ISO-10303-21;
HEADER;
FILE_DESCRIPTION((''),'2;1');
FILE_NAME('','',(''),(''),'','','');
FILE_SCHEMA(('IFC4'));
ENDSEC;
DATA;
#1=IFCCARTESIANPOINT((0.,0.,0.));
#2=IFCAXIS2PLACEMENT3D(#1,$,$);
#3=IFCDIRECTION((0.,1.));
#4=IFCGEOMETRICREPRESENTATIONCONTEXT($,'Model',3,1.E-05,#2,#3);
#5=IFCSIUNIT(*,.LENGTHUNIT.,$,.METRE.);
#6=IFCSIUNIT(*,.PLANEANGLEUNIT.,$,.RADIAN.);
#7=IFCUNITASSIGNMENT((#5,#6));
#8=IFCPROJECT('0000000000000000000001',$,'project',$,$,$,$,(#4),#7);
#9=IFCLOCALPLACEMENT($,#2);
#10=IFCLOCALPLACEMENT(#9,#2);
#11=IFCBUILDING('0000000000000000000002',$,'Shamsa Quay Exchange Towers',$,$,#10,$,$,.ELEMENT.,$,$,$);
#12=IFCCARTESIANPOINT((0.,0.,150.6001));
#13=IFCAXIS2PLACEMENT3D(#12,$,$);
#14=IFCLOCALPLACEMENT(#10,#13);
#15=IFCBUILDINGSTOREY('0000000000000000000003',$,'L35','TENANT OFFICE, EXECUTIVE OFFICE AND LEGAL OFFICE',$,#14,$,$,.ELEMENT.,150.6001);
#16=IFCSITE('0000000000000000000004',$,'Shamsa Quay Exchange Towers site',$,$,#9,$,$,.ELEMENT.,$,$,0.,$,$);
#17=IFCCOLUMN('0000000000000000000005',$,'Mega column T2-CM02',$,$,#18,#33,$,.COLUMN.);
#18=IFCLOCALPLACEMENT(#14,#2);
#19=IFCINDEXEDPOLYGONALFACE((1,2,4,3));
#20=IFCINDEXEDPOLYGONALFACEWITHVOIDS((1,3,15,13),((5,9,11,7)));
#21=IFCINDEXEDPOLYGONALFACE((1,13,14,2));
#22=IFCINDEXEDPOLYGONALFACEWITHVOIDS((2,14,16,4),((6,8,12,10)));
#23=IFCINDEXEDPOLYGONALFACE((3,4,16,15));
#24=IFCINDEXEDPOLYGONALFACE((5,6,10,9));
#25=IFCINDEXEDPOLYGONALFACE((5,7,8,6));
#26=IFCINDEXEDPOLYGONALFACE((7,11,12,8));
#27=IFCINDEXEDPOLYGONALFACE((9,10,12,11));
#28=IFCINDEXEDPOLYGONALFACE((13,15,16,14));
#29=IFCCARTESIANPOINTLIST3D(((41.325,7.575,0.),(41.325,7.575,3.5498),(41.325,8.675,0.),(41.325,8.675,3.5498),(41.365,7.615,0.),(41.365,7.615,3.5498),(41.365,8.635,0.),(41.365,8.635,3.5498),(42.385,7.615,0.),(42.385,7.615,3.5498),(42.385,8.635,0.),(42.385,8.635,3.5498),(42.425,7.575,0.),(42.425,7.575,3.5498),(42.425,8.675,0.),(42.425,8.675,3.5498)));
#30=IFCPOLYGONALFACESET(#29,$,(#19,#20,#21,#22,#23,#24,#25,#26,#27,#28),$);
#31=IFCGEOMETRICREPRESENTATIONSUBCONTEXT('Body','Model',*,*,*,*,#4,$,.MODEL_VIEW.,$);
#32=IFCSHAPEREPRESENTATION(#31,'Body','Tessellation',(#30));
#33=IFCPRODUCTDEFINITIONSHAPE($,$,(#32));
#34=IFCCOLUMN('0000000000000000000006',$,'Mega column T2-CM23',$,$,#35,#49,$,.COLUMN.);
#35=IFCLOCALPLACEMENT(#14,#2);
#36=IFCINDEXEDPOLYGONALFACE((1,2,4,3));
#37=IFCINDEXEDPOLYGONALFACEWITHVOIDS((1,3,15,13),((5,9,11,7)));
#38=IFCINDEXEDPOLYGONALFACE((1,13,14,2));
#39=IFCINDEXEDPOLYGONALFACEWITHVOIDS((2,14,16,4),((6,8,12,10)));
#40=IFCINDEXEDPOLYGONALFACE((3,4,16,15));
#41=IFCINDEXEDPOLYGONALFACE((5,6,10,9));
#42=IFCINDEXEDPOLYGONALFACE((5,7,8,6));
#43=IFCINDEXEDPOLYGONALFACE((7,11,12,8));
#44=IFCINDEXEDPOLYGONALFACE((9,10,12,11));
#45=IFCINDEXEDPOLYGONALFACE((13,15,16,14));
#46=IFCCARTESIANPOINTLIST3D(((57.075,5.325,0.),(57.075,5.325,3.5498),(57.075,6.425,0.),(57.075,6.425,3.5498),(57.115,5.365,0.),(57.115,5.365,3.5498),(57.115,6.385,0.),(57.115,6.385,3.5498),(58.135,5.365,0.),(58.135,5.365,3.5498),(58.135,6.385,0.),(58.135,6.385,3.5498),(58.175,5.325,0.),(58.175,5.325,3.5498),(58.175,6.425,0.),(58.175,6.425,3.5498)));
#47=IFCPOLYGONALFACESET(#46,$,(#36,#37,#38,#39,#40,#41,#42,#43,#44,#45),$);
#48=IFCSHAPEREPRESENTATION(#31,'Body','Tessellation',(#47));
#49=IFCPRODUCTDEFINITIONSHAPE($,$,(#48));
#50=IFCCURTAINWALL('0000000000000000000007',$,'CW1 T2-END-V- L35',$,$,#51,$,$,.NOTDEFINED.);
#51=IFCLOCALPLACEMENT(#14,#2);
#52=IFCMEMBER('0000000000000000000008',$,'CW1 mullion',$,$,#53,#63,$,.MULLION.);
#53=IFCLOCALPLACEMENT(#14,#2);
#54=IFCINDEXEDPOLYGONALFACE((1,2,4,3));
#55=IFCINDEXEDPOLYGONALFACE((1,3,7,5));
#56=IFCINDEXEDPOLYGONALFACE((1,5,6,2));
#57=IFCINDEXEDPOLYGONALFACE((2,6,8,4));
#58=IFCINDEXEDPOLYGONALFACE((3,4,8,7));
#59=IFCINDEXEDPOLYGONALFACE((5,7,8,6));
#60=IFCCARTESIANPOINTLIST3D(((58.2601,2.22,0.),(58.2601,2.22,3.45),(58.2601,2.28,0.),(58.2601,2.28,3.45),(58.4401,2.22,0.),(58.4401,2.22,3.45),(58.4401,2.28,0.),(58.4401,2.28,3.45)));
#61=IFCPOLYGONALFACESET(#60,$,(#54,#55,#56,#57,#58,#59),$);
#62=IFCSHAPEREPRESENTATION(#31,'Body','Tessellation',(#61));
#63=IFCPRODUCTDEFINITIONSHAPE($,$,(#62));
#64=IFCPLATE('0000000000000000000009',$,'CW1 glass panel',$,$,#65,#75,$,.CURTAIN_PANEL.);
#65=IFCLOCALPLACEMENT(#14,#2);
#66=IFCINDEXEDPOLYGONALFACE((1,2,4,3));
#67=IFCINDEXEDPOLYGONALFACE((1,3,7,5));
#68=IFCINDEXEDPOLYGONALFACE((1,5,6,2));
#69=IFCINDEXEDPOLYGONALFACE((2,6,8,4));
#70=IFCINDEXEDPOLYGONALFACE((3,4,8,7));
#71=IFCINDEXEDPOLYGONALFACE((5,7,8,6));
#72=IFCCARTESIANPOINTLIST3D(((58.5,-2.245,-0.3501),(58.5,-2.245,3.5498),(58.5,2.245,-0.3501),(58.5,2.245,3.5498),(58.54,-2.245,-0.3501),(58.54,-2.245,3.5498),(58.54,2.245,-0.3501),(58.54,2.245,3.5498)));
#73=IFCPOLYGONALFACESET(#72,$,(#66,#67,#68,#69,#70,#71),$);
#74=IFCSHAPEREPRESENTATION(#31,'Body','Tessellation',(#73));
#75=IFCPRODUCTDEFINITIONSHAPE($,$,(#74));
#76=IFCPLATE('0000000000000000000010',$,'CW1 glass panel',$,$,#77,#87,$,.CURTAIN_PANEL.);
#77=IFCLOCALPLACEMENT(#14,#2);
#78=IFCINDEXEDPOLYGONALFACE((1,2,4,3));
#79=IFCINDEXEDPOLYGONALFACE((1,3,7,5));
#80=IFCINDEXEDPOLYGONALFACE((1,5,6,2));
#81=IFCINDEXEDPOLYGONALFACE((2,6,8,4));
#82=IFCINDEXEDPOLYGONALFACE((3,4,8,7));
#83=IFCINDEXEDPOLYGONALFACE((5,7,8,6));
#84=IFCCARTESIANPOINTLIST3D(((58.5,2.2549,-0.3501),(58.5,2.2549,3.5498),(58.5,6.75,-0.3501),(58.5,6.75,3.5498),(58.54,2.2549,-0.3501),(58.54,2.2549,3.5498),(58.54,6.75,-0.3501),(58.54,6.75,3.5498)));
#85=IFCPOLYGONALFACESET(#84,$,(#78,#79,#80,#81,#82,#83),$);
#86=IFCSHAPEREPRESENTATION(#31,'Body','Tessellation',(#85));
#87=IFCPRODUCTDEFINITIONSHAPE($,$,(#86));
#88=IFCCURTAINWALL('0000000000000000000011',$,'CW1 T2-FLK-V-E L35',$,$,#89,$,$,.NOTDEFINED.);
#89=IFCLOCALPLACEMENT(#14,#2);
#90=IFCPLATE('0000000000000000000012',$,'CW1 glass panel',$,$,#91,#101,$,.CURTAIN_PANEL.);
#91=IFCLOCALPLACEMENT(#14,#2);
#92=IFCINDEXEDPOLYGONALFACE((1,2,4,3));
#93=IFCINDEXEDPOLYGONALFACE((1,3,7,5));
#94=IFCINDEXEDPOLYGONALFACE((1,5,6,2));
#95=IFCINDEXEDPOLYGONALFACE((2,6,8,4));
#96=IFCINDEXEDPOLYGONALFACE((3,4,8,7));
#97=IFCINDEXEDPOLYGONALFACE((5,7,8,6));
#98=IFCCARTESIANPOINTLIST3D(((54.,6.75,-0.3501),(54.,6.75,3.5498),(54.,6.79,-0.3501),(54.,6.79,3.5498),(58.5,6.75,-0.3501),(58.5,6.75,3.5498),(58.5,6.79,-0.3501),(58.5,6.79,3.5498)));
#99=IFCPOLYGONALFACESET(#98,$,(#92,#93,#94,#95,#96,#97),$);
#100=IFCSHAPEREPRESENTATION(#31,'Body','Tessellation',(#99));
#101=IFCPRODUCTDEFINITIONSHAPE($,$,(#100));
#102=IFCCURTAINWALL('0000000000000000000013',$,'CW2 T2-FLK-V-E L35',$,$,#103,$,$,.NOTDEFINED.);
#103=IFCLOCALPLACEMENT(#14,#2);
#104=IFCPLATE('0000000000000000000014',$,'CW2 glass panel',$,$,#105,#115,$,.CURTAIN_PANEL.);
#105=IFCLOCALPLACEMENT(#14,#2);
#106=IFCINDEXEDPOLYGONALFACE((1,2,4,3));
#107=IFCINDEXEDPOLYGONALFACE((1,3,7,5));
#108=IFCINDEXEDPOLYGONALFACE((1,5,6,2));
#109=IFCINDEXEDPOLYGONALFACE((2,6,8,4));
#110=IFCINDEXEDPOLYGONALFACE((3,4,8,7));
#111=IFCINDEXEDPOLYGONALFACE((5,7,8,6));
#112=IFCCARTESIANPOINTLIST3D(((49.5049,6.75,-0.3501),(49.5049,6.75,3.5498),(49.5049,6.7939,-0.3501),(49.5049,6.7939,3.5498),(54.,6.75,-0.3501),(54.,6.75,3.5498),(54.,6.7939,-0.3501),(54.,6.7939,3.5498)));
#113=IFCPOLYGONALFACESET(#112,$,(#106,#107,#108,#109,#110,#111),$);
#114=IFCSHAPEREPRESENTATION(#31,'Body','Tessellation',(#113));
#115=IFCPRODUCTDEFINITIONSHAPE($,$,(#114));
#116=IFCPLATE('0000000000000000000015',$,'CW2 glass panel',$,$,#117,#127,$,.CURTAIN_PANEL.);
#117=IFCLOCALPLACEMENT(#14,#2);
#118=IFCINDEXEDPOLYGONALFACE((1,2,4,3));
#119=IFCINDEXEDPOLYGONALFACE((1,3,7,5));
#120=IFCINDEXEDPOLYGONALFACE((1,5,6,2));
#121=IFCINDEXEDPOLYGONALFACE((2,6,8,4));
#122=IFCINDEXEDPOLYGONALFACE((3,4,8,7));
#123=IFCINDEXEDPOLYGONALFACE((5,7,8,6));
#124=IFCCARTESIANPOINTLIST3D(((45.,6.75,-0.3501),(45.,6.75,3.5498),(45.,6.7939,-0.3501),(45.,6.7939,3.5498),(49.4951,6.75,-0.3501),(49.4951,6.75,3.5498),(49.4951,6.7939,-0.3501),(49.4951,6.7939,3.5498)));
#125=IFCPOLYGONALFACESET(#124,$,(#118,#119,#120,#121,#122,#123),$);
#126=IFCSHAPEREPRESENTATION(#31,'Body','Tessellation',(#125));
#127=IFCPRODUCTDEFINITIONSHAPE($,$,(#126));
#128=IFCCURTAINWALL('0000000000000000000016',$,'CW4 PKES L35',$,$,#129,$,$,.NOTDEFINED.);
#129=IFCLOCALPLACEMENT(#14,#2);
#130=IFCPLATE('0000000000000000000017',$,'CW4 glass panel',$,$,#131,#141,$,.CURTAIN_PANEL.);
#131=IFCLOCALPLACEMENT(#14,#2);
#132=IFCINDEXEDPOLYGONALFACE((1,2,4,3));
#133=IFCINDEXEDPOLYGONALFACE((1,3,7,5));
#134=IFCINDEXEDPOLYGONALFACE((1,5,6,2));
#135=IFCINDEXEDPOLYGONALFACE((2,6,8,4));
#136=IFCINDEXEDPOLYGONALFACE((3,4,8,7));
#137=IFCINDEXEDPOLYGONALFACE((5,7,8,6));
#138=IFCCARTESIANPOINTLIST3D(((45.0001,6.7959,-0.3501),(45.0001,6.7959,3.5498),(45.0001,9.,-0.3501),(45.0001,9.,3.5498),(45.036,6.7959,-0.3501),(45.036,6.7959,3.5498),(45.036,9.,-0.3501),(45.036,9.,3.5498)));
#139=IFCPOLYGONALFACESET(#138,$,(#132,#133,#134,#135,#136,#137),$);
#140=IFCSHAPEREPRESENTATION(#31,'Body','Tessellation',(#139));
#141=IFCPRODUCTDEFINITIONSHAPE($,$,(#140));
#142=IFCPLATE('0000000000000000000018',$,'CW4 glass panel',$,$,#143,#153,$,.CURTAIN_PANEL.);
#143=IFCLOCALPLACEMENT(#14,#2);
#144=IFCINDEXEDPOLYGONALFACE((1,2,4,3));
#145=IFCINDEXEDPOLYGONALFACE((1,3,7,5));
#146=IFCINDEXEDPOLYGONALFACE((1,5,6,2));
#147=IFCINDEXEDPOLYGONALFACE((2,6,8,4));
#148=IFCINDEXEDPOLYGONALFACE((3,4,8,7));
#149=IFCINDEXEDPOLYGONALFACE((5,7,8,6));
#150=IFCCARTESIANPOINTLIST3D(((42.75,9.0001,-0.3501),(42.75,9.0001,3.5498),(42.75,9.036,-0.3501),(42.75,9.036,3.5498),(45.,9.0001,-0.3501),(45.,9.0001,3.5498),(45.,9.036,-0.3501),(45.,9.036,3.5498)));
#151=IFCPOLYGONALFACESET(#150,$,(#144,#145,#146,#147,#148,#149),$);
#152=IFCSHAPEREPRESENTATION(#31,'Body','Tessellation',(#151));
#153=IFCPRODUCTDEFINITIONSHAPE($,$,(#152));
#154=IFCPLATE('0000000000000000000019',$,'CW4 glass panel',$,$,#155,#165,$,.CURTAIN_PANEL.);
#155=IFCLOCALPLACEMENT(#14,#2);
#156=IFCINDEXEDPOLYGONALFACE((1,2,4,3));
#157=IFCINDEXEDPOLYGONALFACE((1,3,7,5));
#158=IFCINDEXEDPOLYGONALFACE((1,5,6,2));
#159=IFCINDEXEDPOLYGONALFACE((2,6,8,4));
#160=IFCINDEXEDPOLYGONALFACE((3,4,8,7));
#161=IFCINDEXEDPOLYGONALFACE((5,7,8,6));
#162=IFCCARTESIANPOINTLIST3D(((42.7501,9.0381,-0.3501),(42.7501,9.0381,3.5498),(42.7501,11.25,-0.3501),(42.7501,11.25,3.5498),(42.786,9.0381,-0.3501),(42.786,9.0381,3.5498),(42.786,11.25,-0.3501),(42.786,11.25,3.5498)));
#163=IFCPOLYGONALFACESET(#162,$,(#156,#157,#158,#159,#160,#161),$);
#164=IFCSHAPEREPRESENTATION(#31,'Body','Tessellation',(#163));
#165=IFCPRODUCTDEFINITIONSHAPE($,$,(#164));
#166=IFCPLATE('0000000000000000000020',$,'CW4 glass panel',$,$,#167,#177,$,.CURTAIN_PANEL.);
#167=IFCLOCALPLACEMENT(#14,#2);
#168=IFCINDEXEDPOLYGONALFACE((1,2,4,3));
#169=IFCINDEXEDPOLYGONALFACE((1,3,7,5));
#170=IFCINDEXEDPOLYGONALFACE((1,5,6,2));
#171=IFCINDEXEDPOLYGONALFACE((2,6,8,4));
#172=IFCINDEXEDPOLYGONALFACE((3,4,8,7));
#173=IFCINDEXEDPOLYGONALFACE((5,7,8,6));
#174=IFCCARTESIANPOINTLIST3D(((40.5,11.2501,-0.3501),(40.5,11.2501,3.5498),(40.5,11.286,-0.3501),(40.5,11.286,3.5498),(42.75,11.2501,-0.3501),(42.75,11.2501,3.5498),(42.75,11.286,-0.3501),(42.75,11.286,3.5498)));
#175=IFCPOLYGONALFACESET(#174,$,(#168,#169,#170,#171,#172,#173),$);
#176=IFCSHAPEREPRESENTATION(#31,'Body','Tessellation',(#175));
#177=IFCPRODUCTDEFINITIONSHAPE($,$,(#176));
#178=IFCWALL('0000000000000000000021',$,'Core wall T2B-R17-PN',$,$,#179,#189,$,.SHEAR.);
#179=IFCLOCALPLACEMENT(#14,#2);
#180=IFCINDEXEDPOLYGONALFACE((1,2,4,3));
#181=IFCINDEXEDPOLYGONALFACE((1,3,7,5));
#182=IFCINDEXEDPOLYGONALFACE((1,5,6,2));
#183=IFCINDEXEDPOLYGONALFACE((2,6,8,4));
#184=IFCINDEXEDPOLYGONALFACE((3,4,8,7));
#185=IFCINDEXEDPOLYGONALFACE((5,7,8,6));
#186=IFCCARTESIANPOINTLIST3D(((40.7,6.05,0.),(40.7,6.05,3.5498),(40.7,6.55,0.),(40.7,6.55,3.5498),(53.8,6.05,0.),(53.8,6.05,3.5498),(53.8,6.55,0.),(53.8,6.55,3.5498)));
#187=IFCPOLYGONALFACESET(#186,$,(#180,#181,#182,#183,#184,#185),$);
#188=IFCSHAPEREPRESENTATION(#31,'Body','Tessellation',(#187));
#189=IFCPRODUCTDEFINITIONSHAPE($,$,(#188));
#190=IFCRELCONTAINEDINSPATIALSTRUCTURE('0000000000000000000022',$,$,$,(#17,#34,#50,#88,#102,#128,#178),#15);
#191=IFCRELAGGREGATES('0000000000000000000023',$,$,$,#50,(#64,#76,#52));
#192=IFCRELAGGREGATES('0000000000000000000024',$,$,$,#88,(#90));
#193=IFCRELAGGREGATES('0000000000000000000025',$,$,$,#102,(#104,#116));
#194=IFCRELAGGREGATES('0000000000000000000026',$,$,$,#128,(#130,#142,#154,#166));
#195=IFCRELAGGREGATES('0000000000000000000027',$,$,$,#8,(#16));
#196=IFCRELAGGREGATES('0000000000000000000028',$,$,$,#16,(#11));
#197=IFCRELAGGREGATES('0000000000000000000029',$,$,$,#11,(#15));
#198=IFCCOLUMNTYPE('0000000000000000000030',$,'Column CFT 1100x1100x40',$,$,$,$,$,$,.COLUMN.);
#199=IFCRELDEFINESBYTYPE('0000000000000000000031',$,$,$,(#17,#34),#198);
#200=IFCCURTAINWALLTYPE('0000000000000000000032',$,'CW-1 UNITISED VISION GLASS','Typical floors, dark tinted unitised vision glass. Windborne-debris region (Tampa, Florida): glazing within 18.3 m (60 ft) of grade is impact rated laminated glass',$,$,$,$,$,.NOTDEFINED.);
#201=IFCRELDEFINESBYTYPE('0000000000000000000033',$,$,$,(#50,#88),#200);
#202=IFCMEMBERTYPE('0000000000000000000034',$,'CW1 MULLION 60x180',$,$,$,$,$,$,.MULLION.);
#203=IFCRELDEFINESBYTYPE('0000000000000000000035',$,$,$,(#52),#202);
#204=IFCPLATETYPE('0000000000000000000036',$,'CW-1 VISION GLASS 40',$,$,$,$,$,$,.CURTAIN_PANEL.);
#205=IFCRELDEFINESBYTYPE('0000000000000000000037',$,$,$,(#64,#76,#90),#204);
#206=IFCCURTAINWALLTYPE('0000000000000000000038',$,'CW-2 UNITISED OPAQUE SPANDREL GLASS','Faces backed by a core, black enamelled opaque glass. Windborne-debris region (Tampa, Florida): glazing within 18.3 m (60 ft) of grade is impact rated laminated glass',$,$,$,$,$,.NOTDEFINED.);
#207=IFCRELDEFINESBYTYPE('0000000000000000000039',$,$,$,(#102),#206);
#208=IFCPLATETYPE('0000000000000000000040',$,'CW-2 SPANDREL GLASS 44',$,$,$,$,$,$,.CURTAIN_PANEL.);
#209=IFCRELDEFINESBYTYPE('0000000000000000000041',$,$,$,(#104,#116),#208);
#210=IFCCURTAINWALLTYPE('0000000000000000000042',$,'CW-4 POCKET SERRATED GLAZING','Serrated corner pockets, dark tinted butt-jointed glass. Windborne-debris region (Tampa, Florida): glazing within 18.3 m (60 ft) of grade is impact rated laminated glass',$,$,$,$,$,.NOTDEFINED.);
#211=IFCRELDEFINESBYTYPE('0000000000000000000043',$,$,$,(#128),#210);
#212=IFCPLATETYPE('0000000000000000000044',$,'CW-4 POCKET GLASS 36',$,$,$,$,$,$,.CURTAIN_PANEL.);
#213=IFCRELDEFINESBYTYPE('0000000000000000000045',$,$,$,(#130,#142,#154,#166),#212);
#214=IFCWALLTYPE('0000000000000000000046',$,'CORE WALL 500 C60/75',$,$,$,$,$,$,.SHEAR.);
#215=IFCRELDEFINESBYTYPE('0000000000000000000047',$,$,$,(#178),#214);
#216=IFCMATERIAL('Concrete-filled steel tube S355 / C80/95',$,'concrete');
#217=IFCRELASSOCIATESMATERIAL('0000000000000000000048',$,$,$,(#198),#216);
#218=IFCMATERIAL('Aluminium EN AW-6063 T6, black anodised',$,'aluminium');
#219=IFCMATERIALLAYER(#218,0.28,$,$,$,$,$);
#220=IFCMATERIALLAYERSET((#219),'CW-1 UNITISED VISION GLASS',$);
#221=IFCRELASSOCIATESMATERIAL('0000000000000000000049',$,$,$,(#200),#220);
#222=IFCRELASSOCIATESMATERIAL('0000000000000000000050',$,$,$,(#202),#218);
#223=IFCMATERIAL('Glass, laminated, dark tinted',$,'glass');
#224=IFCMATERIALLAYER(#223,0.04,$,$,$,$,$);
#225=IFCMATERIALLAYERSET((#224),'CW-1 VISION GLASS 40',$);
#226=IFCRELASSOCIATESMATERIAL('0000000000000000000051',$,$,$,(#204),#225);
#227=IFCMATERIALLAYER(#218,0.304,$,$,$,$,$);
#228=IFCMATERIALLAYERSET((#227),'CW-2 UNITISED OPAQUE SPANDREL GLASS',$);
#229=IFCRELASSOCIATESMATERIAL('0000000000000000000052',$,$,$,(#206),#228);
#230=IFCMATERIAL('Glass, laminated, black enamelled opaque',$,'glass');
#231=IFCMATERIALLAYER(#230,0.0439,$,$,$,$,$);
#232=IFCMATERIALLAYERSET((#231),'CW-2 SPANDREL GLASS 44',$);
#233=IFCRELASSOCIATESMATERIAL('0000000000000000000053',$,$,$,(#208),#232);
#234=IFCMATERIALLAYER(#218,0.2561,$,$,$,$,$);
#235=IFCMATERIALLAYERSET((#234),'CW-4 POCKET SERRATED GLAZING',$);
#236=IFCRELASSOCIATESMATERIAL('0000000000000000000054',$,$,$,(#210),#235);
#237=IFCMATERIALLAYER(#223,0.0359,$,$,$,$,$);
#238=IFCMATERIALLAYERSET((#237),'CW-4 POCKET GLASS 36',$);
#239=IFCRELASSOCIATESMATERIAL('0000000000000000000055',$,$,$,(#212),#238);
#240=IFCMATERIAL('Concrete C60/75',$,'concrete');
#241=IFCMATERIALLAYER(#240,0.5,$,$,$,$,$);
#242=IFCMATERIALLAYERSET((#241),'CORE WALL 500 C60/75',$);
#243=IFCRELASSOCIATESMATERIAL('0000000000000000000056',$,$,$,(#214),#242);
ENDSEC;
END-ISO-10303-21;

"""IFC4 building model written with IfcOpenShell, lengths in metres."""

from ifc_helpers import new_model, si_unit, direction, frame, frame_2d, origin, origin_2d, place, context, subcontext, project, spatial, rectangle, hollow_rectangle, extrude, material, layer, layer_set, material_profile, profile_set, type_object, element, aggregate, save


model = new_model("IFC4")

# Units and contexts
model_context = context("Model", 3, precision=1e-05, world=origin(), true_north=direction((0.0, 1.0)))
body_context = subcontext(model_context, "Body", "Model", "MODEL_VIEW")
ifc_project = project(units=[si_unit("LENGTHUNIT", "METRE"), si_unit("PLANEANGLEUNIT", "RADIAN")], contexts=[model_context])

# Site, building, storey
site_placement = place(None, origin())
site = spatial("IfcSite", under=ifc_project, at=site_placement, Name="Shamsa Quay Exchange Towers site", CompositionType="ELEMENT", RefElevation=0.0)
building_placement = place(site_placement, origin())
building = spatial("IfcBuilding", under=site, at=building_placement, Name="Shamsa Quay Exchange Towers", CompositionType="ELEMENT")
storey_placement = place(building_placement, frame((0.0, 0.0, 150.6001)))
storey = spatial("IfcBuildingStorey", under=building, at=storey_placement, Name="L35", Description="TENANT OFFICE, EXECUTIVE OFFICE AND LEGAL OFFICE", CompositionType="ELEMENT", Elevation=150.6001)

# Columns
ifc_material_1 = material(Name="Concrete-filled steel tube S355 / C80/95", Category="concrete")
ifc_material_profile_1 = material_profile(ifc_material_1, hollow_rectangle(XDim=1.1001, YDim=1.1001, WallThickness=0.04, at=origin_2d()), Name="CFT 1100x1100x40")
ifc_profile_set_1 = profile_set([ifc_material_profile_1], Name="Concrete-filled steel tube S355 / C80/95")
column_type = type_object("IfcColumnType", Name="Column CFT 1100x1100x40", PredefinedType="COLUMN", material=ifc_profile_set_1)
for number, where, name in (
    (1, (41.875, 8.125, 0.0), "Mega column T2-CM02"),
    (2, (57.625, 5.875, 0.0), "Mega column T2-CM23"),
):
    element("IfcColumn", number, at=place(storey_placement, frame(where)), inside=storey, type_object=column_type, Name=name, PredefinedType="COLUMN", context=body_context, shape_type="SweptSolid", body=[
        extrude(hollow_rectangle(XDim=1.1001, YDim=1.1001, WallThickness=0.04, at=origin_2d()), origin(), (0.0, 0.0, 1.0), 3.5498),
    ])

# Curtain wall, member, plates
ifc_material_2 = material(Name="Aluminium EN AW-6063 T6, black anodised", Category="aluminium")
ifc_layer_1 = layer(ifc_material_2, 0.28)
ifc_layer_set_1 = layer_set([ifc_layer_1], Name="CW-1 UNITISED VISION GLASS")
curtain_wall_type_1 = type_object("IfcCurtainWallType", Name="CW-1 UNITISED VISION GLASS", Description="Typical floors, dark tinted unitised vision glass. Windborne-debris region (Tampa, Florida): glazing within 18.3 m (60 ft) of grade is impact rated laminated glass", PredefinedType="NOTDEFINED", material=ifc_layer_set_1)
curtain_wall_1_placement = place(storey_placement, origin())
curtain_wall_1 = element("IfcCurtainWall", 3, at=curtain_wall_1_placement, inside=storey, type_object=curtain_wall_type_1, Name="CW1 T2-END-V- L35", PredefinedType="NOTDEFINED")
ifc_material_profile_2 = material_profile(ifc_material_2, rectangle(XDim=0.1799, YDim=0.0601, at=origin_2d()), Name="MU60x180")
ifc_profile_set_2 = profile_set([ifc_material_profile_2], Name="Aluminium EN AW-6063 T6, black anodised")
member_type = type_object("IfcMemberType", Name="CW1 MULLION 60x180", PredefinedType="MULLION", material=ifc_profile_set_2)
member_placement = place(storey_placement, frame((58.3501, 2.25, 0.0), z_axis=(0.0, 0.0, 1.0), x_axis=(-1.0, 0.0, 0.0)))
member = element("IfcMember", 4, at=member_placement, type_object=member_type, Name="CW1 mullion", PredefinedType="MULLION", context=body_context, shape_type="SweptSolid", body=[
    extrude(rectangle(XDim=0.1799, YDim=0.0601, at=origin_2d()), origin(), (0.0, 0.0, 1.0), 3.45),
])
ifc_material_3 = material(Name="Glass, laminated, dark tinted", Category="glass")
ifc_layer_2 = layer(ifc_material_3, 0.04)
ifc_layer_set_2 = layer_set([ifc_layer_2], Name="CW-1 VISION GLASS 40")
plate_type_1 = type_object("IfcPlateType", Name="CW-1 VISION GLASS 40", PredefinedType="CURTAIN_PANEL", material=ifc_layer_set_2)
plate_1_placement = place(storey_placement, frame((58.52, 0.0, -0.3501), z_axis=(0.0, 0.0, 1.0), x_axis=(0.0, 1.0, 0.0)))
plate_1 = element("IfcPlate", 5, at=plate_1_placement, type_object=plate_type_1, Name="CW1 glass panel", PredefinedType="CURTAIN_PANEL", context=body_context, shape_type="SweptSolid", body=[
    extrude(rectangle(XDim=4.49, YDim=0.04, at=origin_2d()), origin(), (0.0, 0.0, 1.0), 3.8999),
])
plate_2_placement = place(storey_placement, frame((58.52, 4.5024, -0.3501), z_axis=(0.0, 0.0, 1.0), x_axis=(0.0, 1.0, 0.0)))
plate_2 = element("IfcPlate", 6, at=plate_2_placement, type_object=plate_type_1, Name="CW1 glass panel", PredefinedType="CURTAIN_PANEL", context=body_context, shape_type="SweptSolid", body=[
    extrude(rectangle(XDim=4.4951, YDim=0.04, at=origin_2d()), origin(), (0.0, 0.0, 1.0), 3.8999),
])
aggregate(curtain_wall_1, [plate_1, plate_2, member])

# Curtain wall, plate
curtain_wall_2_placement = place(storey_placement, origin())
curtain_wall_2 = element("IfcCurtainWall", 7, at=curtain_wall_2_placement, inside=storey, type_object=curtain_wall_type_1, Name="CW1 T2-FLK-V-E L35", PredefinedType="NOTDEFINED")
plate_3_placement = place(storey_placement, frame((56.25, 6.77, -0.3501), z_axis=(0.0, 0.0, 1.0), x_axis=(-1.0, 0.0, 0.0)))
plate_3 = element("IfcPlate", 8, at=plate_3_placement, type_object=plate_type_1, Name="CW1 glass panel", PredefinedType="CURTAIN_PANEL", context=body_context, shape_type="SweptSolid", body=[
    extrude(rectangle(XDim=4.5, YDim=0.04, at=origin_2d()), origin(), (0.0, 0.0, 1.0), 3.8999),
])
aggregate(curtain_wall_2, [plate_3])

# Curtain walls, plates
ifc_layer_3 = layer(ifc_material_2, 0.304)
ifc_layer_set_3 = layer_set([ifc_layer_3], Name="CW-2 UNITISED OPAQUE SPANDREL GLASS")
curtain_wall_type_2 = type_object("IfcCurtainWallType", Name="CW-2 UNITISED OPAQUE SPANDREL GLASS", Description="Faces backed by a core, black enamelled opaque glass. Windborne-debris region (Tampa, Florida): glazing within 18.3 m (60 ft) of grade is impact rated laminated glass", PredefinedType="NOTDEFINED", material=ifc_layer_set_3)
curtain_wall_3_placement = place(storey_placement, origin())
curtain_wall_3 = element("IfcCurtainWall", 9, at=curtain_wall_3_placement, inside=storey, type_object=curtain_wall_type_2, Name="CW2 T2-FLK-V-E L35", PredefinedType="NOTDEFINED")
ifc_material_4 = material(Name="Glass, laminated, black enamelled opaque", Category="glass")
ifc_layer_4 = layer(ifc_material_4, 0.0439)
ifc_layer_set_4 = layer_set([ifc_layer_4], Name="CW-2 SPANDREL GLASS 44")
plate_type_2 = type_object("IfcPlateType", Name="CW-2 SPANDREL GLASS 44", PredefinedType="CURTAIN_PANEL", material=ifc_layer_set_4)
plate_4_placement = place(storey_placement, frame((51.7524, 6.772, -0.3501), z_axis=(0.0, 0.0, 1.0), x_axis=(-1.0, 0.0, 0.0)))
plate_4 = element("IfcPlate", 10, at=plate_4_placement, type_object=plate_type_2, Name="CW2 glass panel", PredefinedType="CURTAIN_PANEL", context=body_context, shape_type="SweptSolid", body=[
    extrude(rectangle(XDim=4.4951, YDim=0.0439, at=origin_2d()), origin(), (0.0, 0.0, 1.0), 3.8999),
])
plate_5_placement = place(storey_placement, frame((47.2476, 6.772, -0.3501), z_axis=(0.0, 0.0, 1.0), x_axis=(-1.0, 0.0, 0.0)))
plate_5 = element("IfcPlate", 11, at=plate_5_placement, type_object=plate_type_2, Name="CW2 glass panel", PredefinedType="CURTAIN_PANEL", context=body_context, shape_type="SweptSolid", body=[
    extrude(rectangle(XDim=4.4951, YDim=0.0439, at=origin_2d()), origin(), (0.0, 0.0, 1.0), 3.8999),
])
aggregate(curtain_wall_3, [plate_4, plate_5])
ifc_layer_5 = layer(ifc_material_2, 0.2561)
ifc_layer_set_5 = layer_set([ifc_layer_5], Name="CW-4 POCKET SERRATED GLAZING")
curtain_wall_type_3 = type_object("IfcCurtainWallType", Name="CW-4 POCKET SERRATED GLAZING", Description="Serrated corner pockets, dark tinted butt-jointed glass. Windborne-debris region (Tampa, Florida): glazing within 18.3 m (60 ft) of grade is impact rated laminated glass", PredefinedType="NOTDEFINED", material=ifc_layer_set_5)
curtain_wall_4_placement = place(storey_placement, origin())
curtain_wall_4 = element("IfcCurtainWall", 12, at=curtain_wall_4_placement, inside=storey, type_object=curtain_wall_type_3, Name="CW4 PKES L35", PredefinedType="NOTDEFINED")
ifc_layer_6 = layer(ifc_material_3, 0.0359)
ifc_layer_set_6 = layer_set([ifc_layer_6], Name="CW-4 POCKET GLASS 36")
plate_type_3 = type_object("IfcPlateType", Name="CW-4 POCKET GLASS 36", PredefinedType="CURTAIN_PANEL", material=ifc_layer_set_6)
plate_6_placement = place(storey_placement, frame((45.0181, 7.8979, -0.3501), z_axis=(0.0, 0.0, 1.0), x_axis=(0.0, 1.0, 0.0)))
plate_6 = element("IfcPlate", 13, at=plate_6_placement, type_object=plate_type_3, Name="CW4 glass panel", PredefinedType="CURTAIN_PANEL", context=body_context, shape_type="SweptSolid", body=[
    extrude(rectangle(XDim=2.2041, YDim=0.0359, at=origin_2d()), origin(), (0.0, 0.0, 1.0), 3.8999),
])
plate_7_placement = place(storey_placement, frame((43.875, 9.0181, -0.3501), z_axis=(0.0, 0.0, 1.0), x_axis=(-1.0, 0.0, 0.0)))
plate_7 = element("IfcPlate", 14, at=plate_7_placement, type_object=plate_type_3, Name="CW4 glass panel", PredefinedType="CURTAIN_PANEL", context=body_context, shape_type="SweptSolid", body=[
    extrude(rectangle(XDim=2.25, YDim=0.0359, at=origin_2d()), origin(), (0.0, 0.0, 1.0), 3.8999),
])
plate_8_placement = place(storey_placement, frame((42.7681, 10.144, -0.3501), z_axis=(0.0, 0.0, 1.0), x_axis=(0.0, 1.0, 0.0)))
plate_8 = element("IfcPlate", 15, at=plate_8_placement, type_object=plate_type_3, Name="CW4 glass panel", PredefinedType="CURTAIN_PANEL", context=body_context, shape_type="SweptSolid", body=[
    extrude(rectangle(XDim=2.2119, YDim=0.0359, at=origin_2d()), origin(), (0.0, 0.0, 1.0), 3.8999),
])
plate_9_placement = place(storey_placement, frame((41.625, 11.2681, -0.3501), z_axis=(0.0, 0.0, 1.0), x_axis=(-1.0, 0.0, 0.0)))
plate_9 = element("IfcPlate", 16, at=plate_9_placement, type_object=plate_type_3, Name="CW4 glass panel", PredefinedType="CURTAIN_PANEL", context=body_context, shape_type="SweptSolid", body=[
    extrude(rectangle(XDim=2.25, YDim=0.0359, at=origin_2d()), origin(), (0.0, 0.0, 1.0), 3.8999),
])
aggregate(curtain_wall_4, [plate_6, plate_7, plate_8, plate_9])

# Wall
ifc_material_5 = material(Name="Concrete C60/75", Category="concrete")
ifc_layer_7 = layer(ifc_material_5, 0.5)
ifc_layer_set_7 = layer_set([ifc_layer_7], Name="CORE WALL 500 C60/75")
wall_type_1 = type_object("IfcWallType", Name="CORE WALL 500 C60/75", PredefinedType="SHEAR", material=ifc_layer_set_7)
wall_1_placement = place(storey_placement, frame((53.8, 6.3, 0.0), z_axis=(0.0, 0.0, 1.0), x_axis=(-1.0, 0.0, 0.0)))
element("IfcWall", 17, at=wall_1_placement, inside=storey, type_object=wall_type_1, Name="Core wall T2B-R17-PN", PredefinedType="SHEAR", context=body_context, shape_type="SweptSolid", body=[
    extrude(rectangle(XDim=13.1001, YDim=0.5, at=frame_2d((6.55, 0.0))), origin(), (0.0, 0.0, 1.0), 3.5498),
])

save(model, "model.ifc")
